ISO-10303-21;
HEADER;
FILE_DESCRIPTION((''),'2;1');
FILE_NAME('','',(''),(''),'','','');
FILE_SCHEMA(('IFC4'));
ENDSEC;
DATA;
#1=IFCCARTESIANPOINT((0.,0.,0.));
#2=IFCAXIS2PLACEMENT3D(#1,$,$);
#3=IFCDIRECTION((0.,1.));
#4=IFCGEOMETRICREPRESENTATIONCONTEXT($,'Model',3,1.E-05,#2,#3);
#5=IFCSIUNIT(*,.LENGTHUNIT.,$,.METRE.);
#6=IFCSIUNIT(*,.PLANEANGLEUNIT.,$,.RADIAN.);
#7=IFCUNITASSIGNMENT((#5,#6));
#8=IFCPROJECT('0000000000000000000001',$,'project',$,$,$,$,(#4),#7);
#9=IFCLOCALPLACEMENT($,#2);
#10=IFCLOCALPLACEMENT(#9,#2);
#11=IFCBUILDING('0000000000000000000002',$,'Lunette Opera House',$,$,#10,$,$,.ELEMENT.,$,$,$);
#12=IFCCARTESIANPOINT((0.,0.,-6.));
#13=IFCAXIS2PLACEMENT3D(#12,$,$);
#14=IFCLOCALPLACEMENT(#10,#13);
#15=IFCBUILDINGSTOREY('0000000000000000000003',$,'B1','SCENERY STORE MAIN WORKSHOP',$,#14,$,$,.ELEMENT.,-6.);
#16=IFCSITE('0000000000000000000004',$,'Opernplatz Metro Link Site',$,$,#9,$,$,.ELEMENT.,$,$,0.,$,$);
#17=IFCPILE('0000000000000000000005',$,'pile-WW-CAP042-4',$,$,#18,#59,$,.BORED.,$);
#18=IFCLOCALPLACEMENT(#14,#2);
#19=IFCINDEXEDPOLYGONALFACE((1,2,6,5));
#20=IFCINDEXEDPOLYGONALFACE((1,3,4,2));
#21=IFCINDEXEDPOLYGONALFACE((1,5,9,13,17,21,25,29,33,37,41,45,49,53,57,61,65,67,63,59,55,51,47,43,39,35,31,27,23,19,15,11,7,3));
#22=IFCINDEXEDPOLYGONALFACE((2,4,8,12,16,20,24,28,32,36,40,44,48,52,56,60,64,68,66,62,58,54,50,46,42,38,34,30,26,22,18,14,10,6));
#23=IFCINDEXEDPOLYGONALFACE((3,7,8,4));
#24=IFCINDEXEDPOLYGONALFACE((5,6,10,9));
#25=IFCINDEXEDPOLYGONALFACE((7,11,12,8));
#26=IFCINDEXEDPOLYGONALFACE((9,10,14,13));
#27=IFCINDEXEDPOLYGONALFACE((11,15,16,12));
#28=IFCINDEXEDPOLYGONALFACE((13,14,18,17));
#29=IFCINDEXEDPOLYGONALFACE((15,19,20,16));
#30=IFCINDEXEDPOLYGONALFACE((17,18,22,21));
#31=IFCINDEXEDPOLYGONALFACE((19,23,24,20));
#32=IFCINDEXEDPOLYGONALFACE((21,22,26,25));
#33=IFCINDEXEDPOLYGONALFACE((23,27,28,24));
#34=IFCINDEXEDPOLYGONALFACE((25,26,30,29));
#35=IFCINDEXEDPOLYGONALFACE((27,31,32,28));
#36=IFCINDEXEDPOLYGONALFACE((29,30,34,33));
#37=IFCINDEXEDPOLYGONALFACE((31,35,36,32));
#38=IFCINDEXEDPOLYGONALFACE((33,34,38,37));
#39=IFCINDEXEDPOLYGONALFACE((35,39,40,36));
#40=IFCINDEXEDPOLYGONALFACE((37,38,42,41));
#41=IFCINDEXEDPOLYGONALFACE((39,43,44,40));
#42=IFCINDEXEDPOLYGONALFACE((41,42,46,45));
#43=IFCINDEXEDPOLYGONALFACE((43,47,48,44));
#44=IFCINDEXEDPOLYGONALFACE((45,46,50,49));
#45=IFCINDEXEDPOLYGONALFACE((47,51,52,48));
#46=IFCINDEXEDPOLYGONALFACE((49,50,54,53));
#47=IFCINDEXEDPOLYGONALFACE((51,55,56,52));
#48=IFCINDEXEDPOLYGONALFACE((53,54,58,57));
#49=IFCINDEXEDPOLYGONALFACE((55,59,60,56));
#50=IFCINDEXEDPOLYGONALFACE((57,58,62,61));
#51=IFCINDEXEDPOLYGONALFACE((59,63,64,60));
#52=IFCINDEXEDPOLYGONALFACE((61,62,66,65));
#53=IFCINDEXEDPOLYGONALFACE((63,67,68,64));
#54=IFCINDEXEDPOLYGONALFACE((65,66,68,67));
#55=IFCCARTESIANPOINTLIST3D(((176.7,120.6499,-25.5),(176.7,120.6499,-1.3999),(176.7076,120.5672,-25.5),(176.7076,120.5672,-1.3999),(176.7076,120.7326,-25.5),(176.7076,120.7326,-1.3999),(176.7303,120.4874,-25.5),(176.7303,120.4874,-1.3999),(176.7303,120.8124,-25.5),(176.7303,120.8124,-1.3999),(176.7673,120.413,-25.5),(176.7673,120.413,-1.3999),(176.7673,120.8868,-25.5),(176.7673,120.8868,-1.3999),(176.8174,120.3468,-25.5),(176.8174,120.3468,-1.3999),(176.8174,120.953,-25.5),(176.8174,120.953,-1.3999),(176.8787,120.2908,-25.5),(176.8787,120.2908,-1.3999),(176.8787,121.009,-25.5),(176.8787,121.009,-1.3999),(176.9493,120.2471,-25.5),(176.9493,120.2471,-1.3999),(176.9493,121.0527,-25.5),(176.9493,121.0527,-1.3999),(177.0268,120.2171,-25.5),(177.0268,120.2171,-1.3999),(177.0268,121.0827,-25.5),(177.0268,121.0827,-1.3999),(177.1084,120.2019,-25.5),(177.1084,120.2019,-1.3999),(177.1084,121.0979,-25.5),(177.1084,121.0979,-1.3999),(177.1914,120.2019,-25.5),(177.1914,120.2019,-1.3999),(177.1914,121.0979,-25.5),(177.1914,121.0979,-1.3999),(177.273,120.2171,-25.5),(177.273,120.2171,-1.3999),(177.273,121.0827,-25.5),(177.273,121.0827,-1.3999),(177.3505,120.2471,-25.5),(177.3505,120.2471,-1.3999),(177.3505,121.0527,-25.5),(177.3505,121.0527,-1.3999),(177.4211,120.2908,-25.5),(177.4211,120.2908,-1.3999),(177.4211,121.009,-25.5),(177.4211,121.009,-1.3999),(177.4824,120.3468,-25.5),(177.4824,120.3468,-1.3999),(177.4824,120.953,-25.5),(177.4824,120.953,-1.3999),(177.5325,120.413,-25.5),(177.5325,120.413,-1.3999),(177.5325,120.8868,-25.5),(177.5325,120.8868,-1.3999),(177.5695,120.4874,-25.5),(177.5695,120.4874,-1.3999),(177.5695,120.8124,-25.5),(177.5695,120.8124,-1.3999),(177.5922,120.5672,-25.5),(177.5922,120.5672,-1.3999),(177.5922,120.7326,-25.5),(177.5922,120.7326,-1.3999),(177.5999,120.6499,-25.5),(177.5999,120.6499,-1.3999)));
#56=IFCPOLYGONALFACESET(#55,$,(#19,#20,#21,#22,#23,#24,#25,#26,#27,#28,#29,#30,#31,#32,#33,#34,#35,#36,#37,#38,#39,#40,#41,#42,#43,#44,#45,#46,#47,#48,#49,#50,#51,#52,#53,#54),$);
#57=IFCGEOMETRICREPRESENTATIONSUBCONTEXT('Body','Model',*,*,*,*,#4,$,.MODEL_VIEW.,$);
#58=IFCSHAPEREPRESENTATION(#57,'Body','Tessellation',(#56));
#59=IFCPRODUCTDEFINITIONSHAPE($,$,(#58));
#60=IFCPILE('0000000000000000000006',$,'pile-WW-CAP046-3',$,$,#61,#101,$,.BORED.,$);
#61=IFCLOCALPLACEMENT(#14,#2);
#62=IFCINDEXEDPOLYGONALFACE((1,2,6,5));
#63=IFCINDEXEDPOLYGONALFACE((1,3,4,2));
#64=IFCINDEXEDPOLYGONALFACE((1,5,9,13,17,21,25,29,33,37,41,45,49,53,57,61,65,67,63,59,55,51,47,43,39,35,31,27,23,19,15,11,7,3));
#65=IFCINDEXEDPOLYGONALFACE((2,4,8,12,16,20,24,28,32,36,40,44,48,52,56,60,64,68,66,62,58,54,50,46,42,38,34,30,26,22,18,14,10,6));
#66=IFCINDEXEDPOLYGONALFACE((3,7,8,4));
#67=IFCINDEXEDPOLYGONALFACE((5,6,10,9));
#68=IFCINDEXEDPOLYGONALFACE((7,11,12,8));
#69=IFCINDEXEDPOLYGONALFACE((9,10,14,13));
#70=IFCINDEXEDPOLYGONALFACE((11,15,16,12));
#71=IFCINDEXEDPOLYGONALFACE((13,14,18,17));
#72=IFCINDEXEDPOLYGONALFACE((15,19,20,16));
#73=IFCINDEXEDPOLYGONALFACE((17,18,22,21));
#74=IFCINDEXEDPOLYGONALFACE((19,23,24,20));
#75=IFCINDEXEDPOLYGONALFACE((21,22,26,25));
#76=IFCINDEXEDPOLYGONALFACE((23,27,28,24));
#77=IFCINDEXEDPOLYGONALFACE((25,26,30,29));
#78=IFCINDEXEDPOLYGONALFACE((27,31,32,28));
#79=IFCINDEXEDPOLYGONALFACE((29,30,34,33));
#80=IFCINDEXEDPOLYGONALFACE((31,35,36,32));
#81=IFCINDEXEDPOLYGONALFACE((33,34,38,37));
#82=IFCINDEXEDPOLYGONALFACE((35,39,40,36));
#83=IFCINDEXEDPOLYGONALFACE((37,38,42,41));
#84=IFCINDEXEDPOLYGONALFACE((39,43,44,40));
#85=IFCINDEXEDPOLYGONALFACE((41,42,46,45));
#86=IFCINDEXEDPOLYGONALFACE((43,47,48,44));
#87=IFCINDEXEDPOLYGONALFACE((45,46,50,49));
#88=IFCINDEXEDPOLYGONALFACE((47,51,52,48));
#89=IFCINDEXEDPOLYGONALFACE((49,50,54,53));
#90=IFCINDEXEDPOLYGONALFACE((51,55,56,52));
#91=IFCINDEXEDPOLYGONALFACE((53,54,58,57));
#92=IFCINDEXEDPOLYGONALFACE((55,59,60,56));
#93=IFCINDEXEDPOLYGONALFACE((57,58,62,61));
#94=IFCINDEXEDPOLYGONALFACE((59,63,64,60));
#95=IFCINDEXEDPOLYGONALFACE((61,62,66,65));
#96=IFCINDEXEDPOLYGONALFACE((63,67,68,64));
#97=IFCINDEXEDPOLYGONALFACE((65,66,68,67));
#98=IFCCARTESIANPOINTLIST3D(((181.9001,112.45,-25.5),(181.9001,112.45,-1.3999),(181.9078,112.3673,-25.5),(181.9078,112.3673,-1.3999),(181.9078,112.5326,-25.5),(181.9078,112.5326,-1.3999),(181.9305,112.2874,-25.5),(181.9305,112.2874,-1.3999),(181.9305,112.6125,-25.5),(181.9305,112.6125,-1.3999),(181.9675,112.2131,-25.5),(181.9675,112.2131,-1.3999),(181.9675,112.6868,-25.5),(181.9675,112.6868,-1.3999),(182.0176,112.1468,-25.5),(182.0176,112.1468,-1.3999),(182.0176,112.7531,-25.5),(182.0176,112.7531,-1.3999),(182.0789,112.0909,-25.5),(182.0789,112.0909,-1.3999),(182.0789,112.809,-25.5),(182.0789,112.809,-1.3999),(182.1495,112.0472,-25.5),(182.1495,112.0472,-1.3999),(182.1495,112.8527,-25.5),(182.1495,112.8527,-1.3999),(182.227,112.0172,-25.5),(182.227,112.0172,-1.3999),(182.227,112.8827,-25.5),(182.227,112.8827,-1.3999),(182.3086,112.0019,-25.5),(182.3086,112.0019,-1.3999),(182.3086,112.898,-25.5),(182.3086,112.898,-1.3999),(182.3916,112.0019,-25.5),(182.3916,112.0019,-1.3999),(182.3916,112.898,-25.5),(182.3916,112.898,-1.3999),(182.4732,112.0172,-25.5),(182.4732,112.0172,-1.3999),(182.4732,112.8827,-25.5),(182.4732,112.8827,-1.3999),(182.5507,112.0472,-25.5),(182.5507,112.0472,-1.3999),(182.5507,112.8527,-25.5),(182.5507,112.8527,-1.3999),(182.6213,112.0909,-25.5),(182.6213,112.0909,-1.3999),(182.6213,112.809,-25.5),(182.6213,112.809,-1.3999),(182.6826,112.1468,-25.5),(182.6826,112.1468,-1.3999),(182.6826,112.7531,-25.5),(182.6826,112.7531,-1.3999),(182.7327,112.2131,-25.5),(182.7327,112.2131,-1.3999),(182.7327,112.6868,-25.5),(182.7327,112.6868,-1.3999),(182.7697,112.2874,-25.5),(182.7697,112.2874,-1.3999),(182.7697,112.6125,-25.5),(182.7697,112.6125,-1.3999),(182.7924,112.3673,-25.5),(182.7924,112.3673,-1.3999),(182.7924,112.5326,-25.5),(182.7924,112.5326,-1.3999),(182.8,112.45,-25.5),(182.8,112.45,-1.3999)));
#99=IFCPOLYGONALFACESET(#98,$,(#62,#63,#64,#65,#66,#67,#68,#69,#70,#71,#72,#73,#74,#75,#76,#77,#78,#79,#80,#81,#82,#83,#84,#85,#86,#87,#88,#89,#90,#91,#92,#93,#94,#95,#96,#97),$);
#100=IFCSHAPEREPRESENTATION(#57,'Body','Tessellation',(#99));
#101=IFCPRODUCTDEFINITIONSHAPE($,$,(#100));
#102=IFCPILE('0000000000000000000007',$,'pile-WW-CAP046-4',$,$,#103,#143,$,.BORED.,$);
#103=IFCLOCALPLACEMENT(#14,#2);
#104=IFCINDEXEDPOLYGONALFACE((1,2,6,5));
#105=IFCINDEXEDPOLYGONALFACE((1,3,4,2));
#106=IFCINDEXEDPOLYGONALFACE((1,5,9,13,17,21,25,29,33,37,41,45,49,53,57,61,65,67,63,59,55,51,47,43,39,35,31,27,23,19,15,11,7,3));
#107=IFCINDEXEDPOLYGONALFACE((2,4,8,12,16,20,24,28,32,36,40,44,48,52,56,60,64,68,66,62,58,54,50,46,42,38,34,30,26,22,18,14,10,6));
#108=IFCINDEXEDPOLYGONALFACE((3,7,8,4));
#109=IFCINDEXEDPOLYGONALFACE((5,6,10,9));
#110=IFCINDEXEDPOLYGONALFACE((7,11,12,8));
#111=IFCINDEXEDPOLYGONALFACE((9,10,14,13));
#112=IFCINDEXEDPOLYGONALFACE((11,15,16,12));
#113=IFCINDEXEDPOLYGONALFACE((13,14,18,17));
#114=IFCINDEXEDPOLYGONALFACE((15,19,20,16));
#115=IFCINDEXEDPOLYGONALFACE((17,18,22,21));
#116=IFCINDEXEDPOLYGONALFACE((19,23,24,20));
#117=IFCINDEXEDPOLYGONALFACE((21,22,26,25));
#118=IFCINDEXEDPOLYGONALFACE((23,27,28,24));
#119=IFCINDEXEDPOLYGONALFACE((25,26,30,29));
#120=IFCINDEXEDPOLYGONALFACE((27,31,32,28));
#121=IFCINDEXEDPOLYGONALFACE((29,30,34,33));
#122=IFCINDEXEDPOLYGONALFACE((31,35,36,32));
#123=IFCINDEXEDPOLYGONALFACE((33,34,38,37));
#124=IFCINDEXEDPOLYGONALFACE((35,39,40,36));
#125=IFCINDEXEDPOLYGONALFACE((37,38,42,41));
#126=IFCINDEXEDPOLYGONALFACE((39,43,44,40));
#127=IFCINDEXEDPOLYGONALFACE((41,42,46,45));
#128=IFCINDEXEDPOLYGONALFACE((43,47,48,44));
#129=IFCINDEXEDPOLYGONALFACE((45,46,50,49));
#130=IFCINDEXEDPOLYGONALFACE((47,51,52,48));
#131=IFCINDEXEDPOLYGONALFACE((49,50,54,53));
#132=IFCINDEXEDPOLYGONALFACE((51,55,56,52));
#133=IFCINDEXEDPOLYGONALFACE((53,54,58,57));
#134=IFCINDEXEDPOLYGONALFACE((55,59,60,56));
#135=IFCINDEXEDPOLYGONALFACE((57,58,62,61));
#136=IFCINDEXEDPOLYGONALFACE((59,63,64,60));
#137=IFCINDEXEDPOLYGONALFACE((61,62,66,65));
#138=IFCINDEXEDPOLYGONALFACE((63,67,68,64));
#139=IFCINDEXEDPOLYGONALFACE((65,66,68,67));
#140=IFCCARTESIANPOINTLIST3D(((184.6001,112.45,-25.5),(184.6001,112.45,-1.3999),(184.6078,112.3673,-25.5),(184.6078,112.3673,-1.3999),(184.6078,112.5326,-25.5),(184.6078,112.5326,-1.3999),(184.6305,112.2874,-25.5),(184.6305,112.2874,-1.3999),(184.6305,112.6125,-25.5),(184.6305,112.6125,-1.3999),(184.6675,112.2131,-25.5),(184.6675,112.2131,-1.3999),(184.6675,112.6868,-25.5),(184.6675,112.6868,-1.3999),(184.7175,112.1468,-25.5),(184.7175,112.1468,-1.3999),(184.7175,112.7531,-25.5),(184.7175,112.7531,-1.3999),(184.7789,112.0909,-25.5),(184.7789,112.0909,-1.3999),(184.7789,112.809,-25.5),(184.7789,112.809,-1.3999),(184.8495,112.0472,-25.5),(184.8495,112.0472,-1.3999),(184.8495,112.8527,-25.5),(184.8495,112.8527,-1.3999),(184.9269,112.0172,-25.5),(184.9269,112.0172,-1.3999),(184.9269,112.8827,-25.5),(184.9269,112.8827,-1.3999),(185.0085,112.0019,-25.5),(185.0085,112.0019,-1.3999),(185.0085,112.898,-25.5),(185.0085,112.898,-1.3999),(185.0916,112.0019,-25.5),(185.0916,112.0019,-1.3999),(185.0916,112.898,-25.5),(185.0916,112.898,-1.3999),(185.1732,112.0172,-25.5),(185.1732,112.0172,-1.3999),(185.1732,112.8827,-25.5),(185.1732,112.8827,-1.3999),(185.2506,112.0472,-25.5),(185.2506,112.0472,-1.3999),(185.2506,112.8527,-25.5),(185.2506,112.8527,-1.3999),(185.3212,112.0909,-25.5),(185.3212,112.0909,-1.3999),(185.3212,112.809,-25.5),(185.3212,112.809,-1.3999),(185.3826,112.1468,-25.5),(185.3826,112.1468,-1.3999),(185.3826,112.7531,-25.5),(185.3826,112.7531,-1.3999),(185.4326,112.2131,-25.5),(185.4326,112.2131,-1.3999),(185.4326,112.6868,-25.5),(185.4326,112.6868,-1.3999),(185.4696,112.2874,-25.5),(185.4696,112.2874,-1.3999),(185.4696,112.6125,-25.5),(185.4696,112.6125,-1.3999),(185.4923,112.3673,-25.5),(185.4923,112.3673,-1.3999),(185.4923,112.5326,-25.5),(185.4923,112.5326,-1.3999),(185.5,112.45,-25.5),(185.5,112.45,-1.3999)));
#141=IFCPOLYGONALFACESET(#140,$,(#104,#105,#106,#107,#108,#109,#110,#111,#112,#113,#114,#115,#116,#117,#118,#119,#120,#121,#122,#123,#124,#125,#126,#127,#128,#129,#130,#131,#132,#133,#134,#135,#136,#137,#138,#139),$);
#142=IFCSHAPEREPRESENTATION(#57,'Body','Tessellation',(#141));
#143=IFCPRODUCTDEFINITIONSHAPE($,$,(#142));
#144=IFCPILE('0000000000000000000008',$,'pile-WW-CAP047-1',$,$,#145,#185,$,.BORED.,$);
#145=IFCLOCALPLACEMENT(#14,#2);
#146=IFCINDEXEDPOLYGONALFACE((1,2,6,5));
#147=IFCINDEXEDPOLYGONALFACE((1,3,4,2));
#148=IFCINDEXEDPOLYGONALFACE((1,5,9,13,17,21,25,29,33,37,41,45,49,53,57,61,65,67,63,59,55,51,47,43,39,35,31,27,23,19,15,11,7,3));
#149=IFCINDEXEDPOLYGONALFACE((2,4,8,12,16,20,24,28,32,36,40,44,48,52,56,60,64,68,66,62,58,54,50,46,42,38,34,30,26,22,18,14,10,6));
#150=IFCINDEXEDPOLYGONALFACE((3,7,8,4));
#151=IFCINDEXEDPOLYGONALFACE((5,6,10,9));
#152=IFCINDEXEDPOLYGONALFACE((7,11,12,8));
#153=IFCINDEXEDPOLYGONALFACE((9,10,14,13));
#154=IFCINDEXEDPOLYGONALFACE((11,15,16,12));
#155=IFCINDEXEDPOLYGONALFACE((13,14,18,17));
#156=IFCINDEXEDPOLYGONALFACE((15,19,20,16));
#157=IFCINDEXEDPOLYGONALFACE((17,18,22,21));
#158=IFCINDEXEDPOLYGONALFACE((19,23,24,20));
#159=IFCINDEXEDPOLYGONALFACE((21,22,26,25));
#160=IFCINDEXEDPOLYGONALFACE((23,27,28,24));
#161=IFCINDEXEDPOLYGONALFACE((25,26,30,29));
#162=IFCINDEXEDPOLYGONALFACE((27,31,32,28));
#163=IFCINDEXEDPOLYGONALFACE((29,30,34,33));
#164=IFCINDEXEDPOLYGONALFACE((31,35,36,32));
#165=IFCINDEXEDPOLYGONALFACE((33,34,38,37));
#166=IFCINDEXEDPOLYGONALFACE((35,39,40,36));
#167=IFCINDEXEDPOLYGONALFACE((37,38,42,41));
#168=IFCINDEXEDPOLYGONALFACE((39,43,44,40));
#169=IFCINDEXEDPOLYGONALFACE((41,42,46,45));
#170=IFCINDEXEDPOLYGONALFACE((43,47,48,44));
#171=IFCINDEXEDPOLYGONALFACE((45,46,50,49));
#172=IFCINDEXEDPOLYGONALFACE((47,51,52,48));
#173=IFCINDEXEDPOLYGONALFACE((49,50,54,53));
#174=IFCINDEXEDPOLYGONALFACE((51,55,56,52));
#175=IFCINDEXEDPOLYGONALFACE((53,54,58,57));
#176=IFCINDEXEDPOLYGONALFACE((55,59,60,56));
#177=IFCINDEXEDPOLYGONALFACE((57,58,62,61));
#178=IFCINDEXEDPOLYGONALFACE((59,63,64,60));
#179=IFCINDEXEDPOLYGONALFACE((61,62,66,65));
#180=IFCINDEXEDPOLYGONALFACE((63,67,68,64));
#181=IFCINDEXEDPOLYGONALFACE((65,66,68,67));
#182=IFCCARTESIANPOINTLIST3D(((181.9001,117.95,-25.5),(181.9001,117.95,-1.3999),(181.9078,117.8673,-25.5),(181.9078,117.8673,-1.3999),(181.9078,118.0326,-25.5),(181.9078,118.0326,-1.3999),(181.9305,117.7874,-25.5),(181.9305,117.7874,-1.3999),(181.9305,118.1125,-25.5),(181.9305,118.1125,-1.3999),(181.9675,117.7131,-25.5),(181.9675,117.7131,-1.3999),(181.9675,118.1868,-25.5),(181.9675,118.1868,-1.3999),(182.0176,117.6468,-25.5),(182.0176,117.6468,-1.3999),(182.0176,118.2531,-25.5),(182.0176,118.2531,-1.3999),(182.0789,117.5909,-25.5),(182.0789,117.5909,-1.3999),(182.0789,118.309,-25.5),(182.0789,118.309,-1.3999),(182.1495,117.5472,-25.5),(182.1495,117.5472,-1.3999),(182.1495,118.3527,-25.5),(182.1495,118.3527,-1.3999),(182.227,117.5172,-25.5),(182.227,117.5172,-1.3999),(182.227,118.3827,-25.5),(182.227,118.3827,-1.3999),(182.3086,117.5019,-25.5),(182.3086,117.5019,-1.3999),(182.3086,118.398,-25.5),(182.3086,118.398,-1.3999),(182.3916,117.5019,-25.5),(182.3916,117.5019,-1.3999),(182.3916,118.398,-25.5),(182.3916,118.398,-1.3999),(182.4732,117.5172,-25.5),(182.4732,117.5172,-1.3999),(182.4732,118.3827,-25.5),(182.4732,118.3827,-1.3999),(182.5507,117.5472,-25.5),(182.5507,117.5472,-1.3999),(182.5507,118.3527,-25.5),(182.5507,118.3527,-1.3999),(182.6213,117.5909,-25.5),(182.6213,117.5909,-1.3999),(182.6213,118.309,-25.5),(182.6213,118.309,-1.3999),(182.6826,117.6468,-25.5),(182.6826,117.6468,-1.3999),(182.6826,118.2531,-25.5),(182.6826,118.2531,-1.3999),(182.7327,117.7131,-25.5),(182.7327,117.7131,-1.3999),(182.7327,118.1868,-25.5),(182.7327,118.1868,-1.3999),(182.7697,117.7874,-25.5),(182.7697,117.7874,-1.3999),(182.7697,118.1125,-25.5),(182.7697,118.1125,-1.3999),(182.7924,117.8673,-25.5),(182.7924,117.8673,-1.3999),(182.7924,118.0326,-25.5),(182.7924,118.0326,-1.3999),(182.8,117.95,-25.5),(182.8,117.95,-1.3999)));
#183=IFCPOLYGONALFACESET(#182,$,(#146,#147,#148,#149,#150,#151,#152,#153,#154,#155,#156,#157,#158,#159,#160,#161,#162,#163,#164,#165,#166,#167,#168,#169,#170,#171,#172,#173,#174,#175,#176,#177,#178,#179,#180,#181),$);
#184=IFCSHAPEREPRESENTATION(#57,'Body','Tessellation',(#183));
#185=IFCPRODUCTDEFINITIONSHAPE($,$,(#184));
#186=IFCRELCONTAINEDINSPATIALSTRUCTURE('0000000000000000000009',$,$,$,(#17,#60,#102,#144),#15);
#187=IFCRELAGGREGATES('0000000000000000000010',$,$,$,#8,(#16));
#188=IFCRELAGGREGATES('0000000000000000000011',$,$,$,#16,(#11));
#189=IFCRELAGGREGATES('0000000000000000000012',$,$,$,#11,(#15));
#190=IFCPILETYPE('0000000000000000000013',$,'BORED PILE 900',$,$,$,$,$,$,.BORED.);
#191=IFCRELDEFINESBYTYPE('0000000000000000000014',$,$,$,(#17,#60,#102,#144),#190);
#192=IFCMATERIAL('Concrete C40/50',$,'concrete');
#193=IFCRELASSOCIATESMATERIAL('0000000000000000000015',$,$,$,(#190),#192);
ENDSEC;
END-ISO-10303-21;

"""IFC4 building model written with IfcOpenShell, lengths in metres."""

from ifc_helpers import new_model, si_unit, direction, frame, origin, origin_2d, place, context, subcontext, project, spatial, circle, extrude, material, material_profile, profile_set, type_object, element, save


model = new_model("IFC4")

# Units and contexts
model_context = context("Model", 3, precision=1e-05, world=origin(), true_north=direction((0.0, 1.0)))
body_context = subcontext(model_context, "Body", "Model", "MODEL_VIEW")
ifc_project = project(units=[si_unit("LENGTHUNIT", "METRE"), si_unit("PLANEANGLEUNIT", "RADIAN")], contexts=[model_context])

# Site, building, storey
site_placement = place(None, origin())
site = spatial("IfcSite", under=ifc_project, at=site_placement, Name="Opernplatz Metro Link Site", CompositionType="ELEMENT", RefElevation=0.0)
building_placement = place(site_placement, origin())
building = spatial("IfcBuilding", under=site, at=building_placement, Name="Lunette Opera House", CompositionType="ELEMENT")
storey_placement = place(building_placement, frame((0.0, 0.0, -6.0)))
storey = spatial("IfcBuildingStorey", under=building, at=storey_placement, Name="B1", Description="SCENERY STORE MAIN WORKSHOP", CompositionType="ELEMENT", Elevation=-6.0)

# Piles
ifc_material_1 = material(Name="Concrete C40/50", Category="concrete")
ifc_material_profile_1 = material_profile(ifc_material_1, circle(Radius=0.45, at=origin_2d()), Name="BORED PILE 900")
ifc_profile_set_1 = profile_set([ifc_material_profile_1], Name="Concrete C40/50")
pile_type = type_object("IfcPileType", Name="BORED PILE 900", PredefinedType="BORED", material=ifc_profile_set_1)
for number, where, z_axis, x_axis, name in (
    (1, (177.1499, 120.6499, -1.3999), (0.0, 0.0, -1.0), (1.0, 0.0, 0.0), "pile-WW-CAP042-4"),
    (2, (182.3501, 112.45, -1.3999), (0.0, 0.0, -1.0), (1.0, 0.0, 0.0), "pile-WW-CAP046-3"),
    (3, (185.05, 112.45, -1.3999), (0.0, 0.0, -1.0), (1.0, 0.0, 0.0), "pile-WW-CAP046-4"),
    (4, (182.3501, 117.95, -1.3999), (0.0, 0.0, -1.0), (1.0, 0.0, 0.0), "pile-WW-CAP047-1"),
):
    element("IfcPile", number, at=place(storey_placement, frame(where, z_axis=z_axis, x_axis=x_axis)), inside=storey, type_object=pile_type, Name=name, PredefinedType="BORED", context=body_context, shape_type="SweptSolid", body=[
        extrude(circle(Radius=0.45, at=origin_2d()), origin(), (0.0, 0.0, 1.0), 24.1001),
    ])

save(model, "model.ifc")
